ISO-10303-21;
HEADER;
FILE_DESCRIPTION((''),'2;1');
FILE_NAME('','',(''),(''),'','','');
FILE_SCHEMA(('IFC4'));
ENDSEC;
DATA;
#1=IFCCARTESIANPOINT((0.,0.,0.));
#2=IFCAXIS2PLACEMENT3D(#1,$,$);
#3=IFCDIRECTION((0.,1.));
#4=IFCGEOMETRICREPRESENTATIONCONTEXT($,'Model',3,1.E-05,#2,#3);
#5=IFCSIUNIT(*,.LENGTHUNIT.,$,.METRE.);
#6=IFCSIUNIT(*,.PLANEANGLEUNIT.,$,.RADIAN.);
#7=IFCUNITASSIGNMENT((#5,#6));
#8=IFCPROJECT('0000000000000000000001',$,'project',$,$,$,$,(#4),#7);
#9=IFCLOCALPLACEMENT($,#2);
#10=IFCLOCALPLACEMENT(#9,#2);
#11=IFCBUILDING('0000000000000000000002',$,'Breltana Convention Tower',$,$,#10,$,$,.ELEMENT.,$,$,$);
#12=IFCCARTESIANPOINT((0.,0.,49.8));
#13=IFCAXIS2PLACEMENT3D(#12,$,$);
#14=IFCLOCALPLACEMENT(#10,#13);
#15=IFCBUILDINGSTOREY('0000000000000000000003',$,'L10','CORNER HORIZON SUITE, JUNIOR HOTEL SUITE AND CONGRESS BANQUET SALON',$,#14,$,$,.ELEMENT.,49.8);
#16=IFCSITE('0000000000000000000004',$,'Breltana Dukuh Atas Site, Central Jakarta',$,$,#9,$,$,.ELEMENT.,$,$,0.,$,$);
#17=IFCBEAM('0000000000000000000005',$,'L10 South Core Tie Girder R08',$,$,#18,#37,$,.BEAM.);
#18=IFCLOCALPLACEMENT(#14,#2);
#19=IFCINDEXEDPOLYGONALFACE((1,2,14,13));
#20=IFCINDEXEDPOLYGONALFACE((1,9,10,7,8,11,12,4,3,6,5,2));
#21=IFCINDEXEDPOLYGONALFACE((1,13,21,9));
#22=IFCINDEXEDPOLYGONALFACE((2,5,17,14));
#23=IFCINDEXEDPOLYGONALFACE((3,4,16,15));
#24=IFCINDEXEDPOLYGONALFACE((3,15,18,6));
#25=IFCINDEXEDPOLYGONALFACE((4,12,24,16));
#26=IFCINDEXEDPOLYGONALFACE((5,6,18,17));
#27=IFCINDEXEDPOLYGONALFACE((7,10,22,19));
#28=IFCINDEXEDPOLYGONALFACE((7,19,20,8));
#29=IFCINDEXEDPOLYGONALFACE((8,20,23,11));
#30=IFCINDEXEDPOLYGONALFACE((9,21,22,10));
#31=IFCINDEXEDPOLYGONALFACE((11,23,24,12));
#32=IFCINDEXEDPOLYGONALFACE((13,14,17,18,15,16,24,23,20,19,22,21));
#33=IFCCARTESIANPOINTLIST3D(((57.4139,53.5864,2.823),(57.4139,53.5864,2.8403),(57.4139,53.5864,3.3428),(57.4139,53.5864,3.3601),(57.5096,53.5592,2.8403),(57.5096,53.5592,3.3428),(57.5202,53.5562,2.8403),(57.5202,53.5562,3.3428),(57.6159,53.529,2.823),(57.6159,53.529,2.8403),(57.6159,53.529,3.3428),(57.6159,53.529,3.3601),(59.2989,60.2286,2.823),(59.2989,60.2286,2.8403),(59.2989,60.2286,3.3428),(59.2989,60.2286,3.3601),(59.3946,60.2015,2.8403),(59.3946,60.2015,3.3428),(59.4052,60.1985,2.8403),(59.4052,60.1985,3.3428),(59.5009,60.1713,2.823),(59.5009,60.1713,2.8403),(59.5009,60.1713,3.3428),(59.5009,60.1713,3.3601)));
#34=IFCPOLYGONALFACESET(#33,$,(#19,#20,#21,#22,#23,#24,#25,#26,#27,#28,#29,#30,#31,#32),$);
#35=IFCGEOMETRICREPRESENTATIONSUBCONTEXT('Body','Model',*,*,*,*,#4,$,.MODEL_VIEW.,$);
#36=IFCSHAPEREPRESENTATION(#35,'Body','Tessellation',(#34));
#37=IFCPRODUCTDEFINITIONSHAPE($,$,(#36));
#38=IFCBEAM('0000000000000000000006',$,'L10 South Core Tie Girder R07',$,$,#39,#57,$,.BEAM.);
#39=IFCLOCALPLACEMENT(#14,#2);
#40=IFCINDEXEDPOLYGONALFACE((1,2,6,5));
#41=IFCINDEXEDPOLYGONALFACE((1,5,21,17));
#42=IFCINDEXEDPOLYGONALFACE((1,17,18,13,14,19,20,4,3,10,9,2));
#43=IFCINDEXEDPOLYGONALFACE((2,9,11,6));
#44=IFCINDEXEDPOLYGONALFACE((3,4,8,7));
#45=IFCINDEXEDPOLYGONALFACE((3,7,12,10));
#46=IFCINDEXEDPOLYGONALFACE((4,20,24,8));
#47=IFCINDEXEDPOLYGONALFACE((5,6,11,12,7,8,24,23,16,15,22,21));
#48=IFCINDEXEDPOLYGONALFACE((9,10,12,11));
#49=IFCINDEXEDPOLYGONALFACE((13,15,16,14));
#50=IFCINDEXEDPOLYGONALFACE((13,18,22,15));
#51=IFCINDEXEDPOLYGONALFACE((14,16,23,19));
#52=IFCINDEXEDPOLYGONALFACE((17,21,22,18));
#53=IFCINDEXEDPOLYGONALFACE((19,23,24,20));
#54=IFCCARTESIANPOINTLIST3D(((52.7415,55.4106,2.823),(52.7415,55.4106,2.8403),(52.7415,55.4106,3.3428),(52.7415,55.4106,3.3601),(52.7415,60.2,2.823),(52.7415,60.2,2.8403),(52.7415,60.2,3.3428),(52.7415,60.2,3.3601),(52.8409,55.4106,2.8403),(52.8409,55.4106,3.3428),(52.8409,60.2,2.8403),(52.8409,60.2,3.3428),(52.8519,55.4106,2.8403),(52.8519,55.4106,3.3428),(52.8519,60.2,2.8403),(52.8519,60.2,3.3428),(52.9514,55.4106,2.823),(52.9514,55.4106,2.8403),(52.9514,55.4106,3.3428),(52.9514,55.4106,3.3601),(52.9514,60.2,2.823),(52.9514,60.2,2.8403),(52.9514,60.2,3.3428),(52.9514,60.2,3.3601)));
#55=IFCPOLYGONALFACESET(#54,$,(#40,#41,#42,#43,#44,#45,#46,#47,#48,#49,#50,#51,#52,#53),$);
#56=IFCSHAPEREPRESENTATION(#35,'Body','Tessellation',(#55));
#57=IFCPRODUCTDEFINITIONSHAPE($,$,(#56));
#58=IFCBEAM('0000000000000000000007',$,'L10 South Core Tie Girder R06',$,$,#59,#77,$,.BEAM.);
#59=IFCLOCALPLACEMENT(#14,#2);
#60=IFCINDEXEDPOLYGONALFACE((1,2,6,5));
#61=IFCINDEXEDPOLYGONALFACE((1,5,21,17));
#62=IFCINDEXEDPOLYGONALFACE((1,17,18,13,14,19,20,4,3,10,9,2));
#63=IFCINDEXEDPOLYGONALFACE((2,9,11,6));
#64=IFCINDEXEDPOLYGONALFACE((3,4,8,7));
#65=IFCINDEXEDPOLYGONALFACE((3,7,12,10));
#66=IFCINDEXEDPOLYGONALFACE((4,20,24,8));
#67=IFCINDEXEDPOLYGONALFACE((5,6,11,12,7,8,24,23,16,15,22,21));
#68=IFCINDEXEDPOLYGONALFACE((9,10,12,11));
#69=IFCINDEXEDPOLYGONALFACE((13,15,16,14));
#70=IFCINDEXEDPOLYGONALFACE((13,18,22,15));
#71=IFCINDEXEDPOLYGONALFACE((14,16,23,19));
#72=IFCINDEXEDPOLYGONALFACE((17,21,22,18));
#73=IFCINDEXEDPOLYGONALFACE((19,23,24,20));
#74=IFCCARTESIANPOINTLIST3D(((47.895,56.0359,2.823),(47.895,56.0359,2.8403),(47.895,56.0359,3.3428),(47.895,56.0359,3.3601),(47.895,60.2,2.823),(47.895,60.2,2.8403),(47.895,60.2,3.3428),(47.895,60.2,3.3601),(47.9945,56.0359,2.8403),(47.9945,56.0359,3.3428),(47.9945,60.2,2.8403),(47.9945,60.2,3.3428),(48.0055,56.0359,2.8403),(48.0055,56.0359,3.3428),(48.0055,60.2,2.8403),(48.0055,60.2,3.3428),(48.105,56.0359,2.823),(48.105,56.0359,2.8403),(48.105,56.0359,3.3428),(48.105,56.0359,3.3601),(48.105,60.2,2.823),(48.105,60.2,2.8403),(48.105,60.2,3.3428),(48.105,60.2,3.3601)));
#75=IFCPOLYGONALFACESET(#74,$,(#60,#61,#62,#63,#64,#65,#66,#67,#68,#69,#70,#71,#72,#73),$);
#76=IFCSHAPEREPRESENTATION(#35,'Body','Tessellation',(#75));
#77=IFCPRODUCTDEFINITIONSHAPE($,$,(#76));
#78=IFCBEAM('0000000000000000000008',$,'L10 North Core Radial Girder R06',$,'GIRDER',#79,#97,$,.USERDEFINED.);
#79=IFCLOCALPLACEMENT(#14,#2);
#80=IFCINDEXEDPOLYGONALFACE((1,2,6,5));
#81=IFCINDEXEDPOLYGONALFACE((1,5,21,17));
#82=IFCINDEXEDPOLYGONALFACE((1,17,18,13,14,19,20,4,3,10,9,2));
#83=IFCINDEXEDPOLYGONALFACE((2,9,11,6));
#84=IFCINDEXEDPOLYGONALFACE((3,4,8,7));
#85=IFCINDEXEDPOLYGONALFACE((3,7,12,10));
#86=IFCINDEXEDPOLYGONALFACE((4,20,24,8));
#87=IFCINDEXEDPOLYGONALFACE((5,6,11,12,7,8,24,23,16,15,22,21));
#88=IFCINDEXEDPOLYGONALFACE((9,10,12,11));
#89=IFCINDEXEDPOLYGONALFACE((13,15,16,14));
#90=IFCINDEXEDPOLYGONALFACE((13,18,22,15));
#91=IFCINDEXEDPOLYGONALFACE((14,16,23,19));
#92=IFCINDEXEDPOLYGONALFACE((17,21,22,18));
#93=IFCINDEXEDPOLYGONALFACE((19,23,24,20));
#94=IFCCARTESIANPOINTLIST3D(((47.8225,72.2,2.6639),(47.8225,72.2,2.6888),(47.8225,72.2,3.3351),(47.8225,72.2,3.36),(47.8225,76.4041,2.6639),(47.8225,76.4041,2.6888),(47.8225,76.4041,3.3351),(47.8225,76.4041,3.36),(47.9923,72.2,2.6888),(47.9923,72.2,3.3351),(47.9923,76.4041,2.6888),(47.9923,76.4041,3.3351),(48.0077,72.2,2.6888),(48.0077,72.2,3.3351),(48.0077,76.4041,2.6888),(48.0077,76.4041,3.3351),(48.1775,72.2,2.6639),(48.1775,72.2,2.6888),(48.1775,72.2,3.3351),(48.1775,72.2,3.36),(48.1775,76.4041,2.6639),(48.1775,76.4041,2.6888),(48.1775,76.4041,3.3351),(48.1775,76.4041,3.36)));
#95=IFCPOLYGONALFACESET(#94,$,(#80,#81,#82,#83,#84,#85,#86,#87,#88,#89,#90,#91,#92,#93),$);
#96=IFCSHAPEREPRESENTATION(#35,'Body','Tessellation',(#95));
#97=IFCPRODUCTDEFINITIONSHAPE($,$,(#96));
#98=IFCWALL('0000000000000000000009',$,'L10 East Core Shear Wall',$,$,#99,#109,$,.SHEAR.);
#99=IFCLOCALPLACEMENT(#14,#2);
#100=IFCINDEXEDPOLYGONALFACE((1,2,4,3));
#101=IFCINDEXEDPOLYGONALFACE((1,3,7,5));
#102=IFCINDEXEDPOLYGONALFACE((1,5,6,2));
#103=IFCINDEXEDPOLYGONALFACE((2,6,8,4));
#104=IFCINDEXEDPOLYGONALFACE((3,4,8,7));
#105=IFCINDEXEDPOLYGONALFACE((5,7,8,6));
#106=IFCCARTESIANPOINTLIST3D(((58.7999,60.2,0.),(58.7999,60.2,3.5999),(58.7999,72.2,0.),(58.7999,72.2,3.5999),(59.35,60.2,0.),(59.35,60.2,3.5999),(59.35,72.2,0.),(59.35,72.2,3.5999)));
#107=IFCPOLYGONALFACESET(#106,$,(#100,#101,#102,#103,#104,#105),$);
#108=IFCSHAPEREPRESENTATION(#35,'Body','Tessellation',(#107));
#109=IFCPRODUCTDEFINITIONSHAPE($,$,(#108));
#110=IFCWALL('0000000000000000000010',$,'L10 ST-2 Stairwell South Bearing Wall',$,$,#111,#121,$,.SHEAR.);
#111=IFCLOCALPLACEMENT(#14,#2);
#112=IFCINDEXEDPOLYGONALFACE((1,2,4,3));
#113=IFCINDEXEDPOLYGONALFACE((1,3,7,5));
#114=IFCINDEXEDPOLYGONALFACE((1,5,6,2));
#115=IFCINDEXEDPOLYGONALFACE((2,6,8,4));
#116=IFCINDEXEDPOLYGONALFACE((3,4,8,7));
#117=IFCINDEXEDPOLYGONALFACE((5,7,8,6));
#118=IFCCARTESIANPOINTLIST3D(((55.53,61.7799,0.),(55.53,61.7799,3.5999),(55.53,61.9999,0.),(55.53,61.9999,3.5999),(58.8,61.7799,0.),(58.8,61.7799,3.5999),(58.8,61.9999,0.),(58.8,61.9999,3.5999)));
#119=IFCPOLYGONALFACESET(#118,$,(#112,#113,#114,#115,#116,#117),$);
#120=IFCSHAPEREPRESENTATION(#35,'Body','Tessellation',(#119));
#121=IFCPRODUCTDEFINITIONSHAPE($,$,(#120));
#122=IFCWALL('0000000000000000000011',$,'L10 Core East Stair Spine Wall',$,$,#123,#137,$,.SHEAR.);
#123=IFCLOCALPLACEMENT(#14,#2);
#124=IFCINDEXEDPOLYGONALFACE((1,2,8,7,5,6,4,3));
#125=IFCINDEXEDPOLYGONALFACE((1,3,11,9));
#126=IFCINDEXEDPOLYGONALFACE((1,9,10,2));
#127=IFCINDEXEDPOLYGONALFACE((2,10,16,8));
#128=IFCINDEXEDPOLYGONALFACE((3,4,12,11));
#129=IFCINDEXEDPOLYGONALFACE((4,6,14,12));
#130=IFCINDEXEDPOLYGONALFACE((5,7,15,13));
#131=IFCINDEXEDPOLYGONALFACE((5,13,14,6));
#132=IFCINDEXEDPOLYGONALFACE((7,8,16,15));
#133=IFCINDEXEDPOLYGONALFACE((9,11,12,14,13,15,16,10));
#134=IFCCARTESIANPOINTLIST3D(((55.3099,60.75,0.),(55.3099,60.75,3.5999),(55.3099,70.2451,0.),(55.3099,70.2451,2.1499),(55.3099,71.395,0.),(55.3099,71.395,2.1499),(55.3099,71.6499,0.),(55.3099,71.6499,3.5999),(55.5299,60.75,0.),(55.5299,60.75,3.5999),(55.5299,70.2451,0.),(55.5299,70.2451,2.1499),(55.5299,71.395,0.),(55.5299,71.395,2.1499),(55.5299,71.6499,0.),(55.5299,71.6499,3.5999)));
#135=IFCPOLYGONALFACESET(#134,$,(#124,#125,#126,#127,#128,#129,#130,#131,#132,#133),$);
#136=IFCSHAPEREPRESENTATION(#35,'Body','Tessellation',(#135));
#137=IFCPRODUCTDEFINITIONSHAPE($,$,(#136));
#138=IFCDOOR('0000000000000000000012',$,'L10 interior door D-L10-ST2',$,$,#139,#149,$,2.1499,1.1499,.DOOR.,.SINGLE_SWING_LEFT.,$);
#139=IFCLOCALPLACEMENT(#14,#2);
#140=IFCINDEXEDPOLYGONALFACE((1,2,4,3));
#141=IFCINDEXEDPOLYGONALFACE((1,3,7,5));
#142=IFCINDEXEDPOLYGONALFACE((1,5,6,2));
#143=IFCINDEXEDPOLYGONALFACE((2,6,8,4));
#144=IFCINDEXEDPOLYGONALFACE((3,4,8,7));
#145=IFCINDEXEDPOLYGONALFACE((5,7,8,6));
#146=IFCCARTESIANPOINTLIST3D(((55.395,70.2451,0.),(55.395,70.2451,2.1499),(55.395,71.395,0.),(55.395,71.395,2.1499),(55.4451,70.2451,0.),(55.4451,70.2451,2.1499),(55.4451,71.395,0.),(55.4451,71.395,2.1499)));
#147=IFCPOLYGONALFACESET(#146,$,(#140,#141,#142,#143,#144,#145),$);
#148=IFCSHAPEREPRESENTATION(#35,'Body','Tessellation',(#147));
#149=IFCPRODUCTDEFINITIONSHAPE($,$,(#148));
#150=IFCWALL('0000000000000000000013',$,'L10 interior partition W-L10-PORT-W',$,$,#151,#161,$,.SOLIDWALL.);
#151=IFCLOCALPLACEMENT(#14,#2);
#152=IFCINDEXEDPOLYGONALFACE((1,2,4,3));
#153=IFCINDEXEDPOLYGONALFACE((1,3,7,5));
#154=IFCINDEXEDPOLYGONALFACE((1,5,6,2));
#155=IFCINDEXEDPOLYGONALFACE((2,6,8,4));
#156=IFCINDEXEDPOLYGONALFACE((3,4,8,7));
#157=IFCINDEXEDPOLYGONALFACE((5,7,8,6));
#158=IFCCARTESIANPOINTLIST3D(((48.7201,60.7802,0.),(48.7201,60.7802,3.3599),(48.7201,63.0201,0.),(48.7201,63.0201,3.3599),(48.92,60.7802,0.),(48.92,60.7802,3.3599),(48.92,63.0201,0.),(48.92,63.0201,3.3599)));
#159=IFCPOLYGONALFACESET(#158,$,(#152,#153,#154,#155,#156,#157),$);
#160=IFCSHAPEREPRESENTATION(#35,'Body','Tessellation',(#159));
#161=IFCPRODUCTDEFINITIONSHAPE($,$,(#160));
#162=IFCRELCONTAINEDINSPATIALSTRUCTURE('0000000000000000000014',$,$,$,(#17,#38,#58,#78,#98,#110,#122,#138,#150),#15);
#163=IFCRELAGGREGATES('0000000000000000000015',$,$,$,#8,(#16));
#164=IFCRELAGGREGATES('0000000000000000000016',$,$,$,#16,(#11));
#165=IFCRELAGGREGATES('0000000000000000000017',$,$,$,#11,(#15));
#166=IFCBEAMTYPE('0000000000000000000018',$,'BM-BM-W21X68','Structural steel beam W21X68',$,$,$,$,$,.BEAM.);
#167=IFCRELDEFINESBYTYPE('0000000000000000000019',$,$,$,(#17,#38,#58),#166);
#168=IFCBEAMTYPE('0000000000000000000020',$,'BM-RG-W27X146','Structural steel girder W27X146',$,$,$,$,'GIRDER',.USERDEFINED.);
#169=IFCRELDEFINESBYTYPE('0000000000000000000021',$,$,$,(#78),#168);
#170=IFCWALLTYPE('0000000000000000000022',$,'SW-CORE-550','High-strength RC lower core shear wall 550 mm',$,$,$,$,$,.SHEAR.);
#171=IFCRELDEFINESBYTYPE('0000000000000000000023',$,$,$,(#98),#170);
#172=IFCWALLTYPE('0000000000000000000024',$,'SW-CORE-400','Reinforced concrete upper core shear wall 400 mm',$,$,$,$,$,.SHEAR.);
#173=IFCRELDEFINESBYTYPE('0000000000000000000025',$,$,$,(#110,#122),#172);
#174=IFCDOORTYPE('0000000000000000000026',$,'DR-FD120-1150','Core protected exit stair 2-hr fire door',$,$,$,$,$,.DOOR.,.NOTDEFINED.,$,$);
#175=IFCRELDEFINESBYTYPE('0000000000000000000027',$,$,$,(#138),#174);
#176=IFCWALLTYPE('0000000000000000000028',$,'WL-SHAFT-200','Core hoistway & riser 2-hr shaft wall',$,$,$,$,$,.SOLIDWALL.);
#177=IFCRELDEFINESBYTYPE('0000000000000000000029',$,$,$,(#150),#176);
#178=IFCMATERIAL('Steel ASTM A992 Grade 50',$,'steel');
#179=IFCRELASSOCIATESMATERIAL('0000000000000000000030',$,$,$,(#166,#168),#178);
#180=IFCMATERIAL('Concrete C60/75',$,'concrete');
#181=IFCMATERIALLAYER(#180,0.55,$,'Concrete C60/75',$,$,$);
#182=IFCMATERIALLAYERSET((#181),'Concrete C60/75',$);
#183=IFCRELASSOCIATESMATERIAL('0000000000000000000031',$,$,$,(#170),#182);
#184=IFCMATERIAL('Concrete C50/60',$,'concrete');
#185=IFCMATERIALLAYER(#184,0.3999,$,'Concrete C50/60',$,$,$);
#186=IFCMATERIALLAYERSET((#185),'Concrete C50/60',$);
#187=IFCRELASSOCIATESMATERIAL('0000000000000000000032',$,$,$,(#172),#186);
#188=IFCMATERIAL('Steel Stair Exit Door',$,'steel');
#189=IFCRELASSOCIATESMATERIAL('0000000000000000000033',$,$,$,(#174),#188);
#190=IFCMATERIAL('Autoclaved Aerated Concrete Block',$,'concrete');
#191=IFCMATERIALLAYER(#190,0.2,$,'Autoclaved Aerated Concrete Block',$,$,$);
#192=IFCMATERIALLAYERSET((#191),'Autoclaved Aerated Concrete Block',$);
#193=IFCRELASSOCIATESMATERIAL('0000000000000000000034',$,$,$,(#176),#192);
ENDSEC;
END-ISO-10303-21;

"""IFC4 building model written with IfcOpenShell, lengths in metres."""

from ifc_helpers import new_model, si_unit, direction, frame, frame_2d, origin, origin_2d, place, context, subcontext, project, spatial, rectangle, i_section, extrude, source, transform, mapped, material, layer, layer_set, material_profile, profile_set, type_object, type_shapes, element, fill, save


model = new_model("IFC4")

# Units and contexts
model_context = context("Model", 3, precision=1e-05, world=origin(), true_north=direction((0.0, 1.0)))
body_context = subcontext(model_context, "Body", "Model", "MODEL_VIEW")
ifc_project = project(units=[si_unit("LENGTHUNIT", "METRE"), si_unit("PLANEANGLEUNIT", "RADIAN")], contexts=[model_context])

# Site, building, storey
site_placement = place(None, origin())
site = spatial("IfcSite", under=ifc_project, at=site_placement, Name="Breltana Dukuh Atas Site, Central Jakarta", CompositionType="ELEMENT", RefElevation=0.0)
building_placement = place(site_placement, origin())
building = spatial("IfcBuilding", under=site, at=building_placement, Name="Breltana Convention Tower", CompositionType="ELEMENT")
storey_placement = place(building_placement, frame((0.0, 0.0, 49.8)))
storey = spatial("IfcBuildingStorey", under=building, at=storey_placement, Name="L10", Description="CORNER HORIZON SUITE, JUNIOR HOTEL SUITE AND CONGRESS BANQUET SALON", CompositionType="ELEMENT", Elevation=49.8)

# Beams
ifc_material_1 = material(Name="Steel ASTM A992 Grade 50", Category="steel")
ifc_material_profile_1 = material_profile(ifc_material_1, i_section(OverallWidth=0.21, OverallDepth=0.5371, WebThickness=0.011, FlangeThickness=0.0173, at=origin_2d()), Name="W21X68")
ifc_profile_set_1 = profile_set([ifc_material_profile_1], Name="Steel ASTM A992 Grade 50")
beam_type_1 = type_object("IfcBeamType", Name="BM-BM-W21X68", Description="Structural steel beam W21X68", PredefinedType="BEAM", material=ifc_profile_set_1)
shared_shape_1 = source(origin(), body_context, "Body", "SweptSolid", [
    extrude(i_section(OverallWidth=0.21, OverallDepth=0.5371, WebThickness=0.011, FlangeThickness=0.0173, at=origin_2d()), origin(), (0.0, 0.0, 1.0), 6.9045),
])
type_shapes(beam_type_1, [shared_shape_1])
beam_1_placement = place(storey_placement, frame((59.3999, 60.2, 3.0916), z_axis=(-0.273007, -0.962012, 0.0), x_axis=(0.962012, -0.273007, 0.0)))
element("IfcBeam", 1, at=beam_1_placement, inside=storey, type_object=beam_type_1, Name="L10 South Core Tie Girder R08", PredefinedType="BEAM", context=body_context, shape_type="MappedRepresentation", body=[
    mapped(shared_shape_1, transform((0.0, 0.0, 0.0), scale=1.0)),
])
shared_shape_2 = source(origin(), body_context, "Body", "SweptSolid", [
    extrude(i_section(OverallWidth=0.21, OverallDepth=0.5371, WebThickness=0.011, FlangeThickness=0.0173, at=origin_2d()), origin(), (0.0, 0.0, 1.0), 4.7893),
])
beam_2_placement = place(storey_placement, frame((52.8464, 60.2, 3.0916), z_axis=(0.0, -1.0, 0.0), x_axis=(1.0, 0.0, 0.0)))
element("IfcBeam", 2, at=beam_2_placement, inside=storey, type_object=beam_type_1, Name="L10 South Core Tie Girder R07", PredefinedType="BEAM", context=body_context, shape_type="MappedRepresentation", body=[
    mapped(shared_shape_2, transform((0.0, 0.0, 0.0), scale=1.0)),
])
shared_shape_3 = source(origin(), body_context, "Body", "SweptSolid", [
    extrude(i_section(OverallWidth=0.21, OverallDepth=0.5371, WebThickness=0.011, FlangeThickness=0.0173, at=origin_2d()), origin(), (0.0, 0.0, 1.0), 4.1641),
])
beam_3_placement = place(storey_placement, frame((48.0, 60.2, 3.0916), z_axis=(0.0, -1.0, 0.0), x_axis=(1.0, 0.0, 0.0)))
element("IfcBeam", 3, at=beam_3_placement, inside=storey, type_object=beam_type_1, Name="L10 South Core Tie Girder R06", PredefinedType="BEAM", context=body_context, shape_type="MappedRepresentation", body=[
    mapped(shared_shape_3, transform((0.0, 0.0, 0.0), scale=1.0)),
])
ifc_material_profile_2 = material_profile(ifc_material_1, i_section(OverallWidth=0.355, OverallDepth=0.696, WebThickness=0.0154, FlangeThickness=0.0249, at=origin_2d()), Name="W27X146")
ifc_profile_set_2 = profile_set([ifc_material_profile_2], Name="Steel ASTM A992 Grade 50")
beam_type_2 = type_object("IfcBeamType", Name="BM-RG-W27X146", Description="Structural steel girder W27X146", ElementType="GIRDER", PredefinedType="USERDEFINED", material=ifc_profile_set_2)
shared_shape_4 = source(origin(), body_context, "Body", "SweptSolid", [
    extrude(i_section(OverallWidth=0.355, OverallDepth=0.696, WebThickness=0.0154, FlangeThickness=0.0249, at=origin_2d()), origin(), (0.0, 0.0, 1.0), 4.2041),
])
beam_4_placement = place(storey_placement, frame((48.0, 72.2, 3.012), z_axis=(0.0, 1.0, 0.0), x_axis=(-1.0, 0.0, 0.0)))
element("IfcBeam", 4, at=beam_4_placement, inside=storey, type_object=beam_type_2, Name="L10 North Core Radial Girder R06", ObjectType="GIRDER", PredefinedType="USERDEFINED", context=body_context, shape_type="MappedRepresentation", body=[
    mapped(shared_shape_4, transform((0.0, 0.0, 0.0), scale=1.0)),
])

# Walls
ifc_material_2 = material(Name="Concrete C60/75", Category="concrete")
ifc_layer_1 = layer(ifc_material_2, 0.55, Name="Concrete C60/75")
ifc_layer_set_1 = layer_set([ifc_layer_1], Name="Concrete C60/75")
wall_type_1 = type_object("IfcWallType", Name="SW-CORE-550", Description="High-strength RC lower core shear wall 550 mm", PredefinedType="SHEAR", material=ifc_layer_set_1)
shared_shape_5 = source(origin(), body_context, "Body", "SweptSolid", [
    extrude(rectangle(XDim=12.0, YDim=0.55, at=frame_2d((6.0, 0.0))), origin(), (0.0, 0.0, 1.0), 3.5999),
])
wall_1_placement = place(storey_placement, frame((59.075, 60.2, 0.0), z_axis=(0.0, 0.0, 1.0), x_axis=(0.0, 1.0, 0.0)))
element("IfcWall", 5, at=wall_1_placement, inside=storey, type_object=wall_type_1, Name="L10 East Core Shear Wall", PredefinedType="SHEAR", context=body_context, shape_type="MappedRepresentation", body=[
    mapped(shared_shape_5, transform((0.0, 0.0, 0.0), scale=1.0)),
])
ifc_material_3 = material(Name="Concrete C50/60", Category="concrete")
ifc_layer_2 = layer(ifc_material_3, 0.3999, Name="Concrete C50/60")
ifc_layer_set_2 = layer_set([ifc_layer_2], Name="Concrete C50/60")
wall_type_2 = type_object("IfcWallType", Name="SW-CORE-400", Description="Reinforced concrete upper core shear wall 400 mm", PredefinedType="SHEAR", material=ifc_layer_set_2)
shared_shape_6 = source(origin(), body_context, "Body", "SweptSolid", [
    extrude(rectangle(XDim=3.27, YDim=0.22, at=frame_2d((1.635, 0.0))), origin(), (0.0, 0.0, 1.0), 3.5999),
])
wall_2_placement = place(storey_placement, frame((55.53, 61.8899, 0.0), z_axis=(0.0, 0.0, 1.0), x_axis=(1.0, 0.0, 0.0)))
element("IfcWall", 6, at=wall_2_placement, inside=storey, type_object=wall_type_2, Name="L10 ST-2 Stairwell South Bearing Wall", PredefinedType="SHEAR", context=body_context, shape_type="MappedRepresentation", body=[
    mapped(shared_shape_6, transform((0.0, 0.0, 0.0), scale=1.0)),
])

# Wall, opening, door
shared_shape_7 = source(origin(), body_context, "Body", "SweptSolid", [
    extrude(rectangle(XDim=10.8999, YDim=0.22, at=frame_2d((5.45, 0.0))), origin(), (0.0, 0.0, 1.0), 3.5999),
])
wall_3_placement = place(storey_placement, frame((55.4199, 60.75, 0.0), z_axis=(0.0, 0.0, 1.0), x_axis=(0.0, 1.0, 0.0)))
wall_3 = element("IfcWall", 7, at=wall_3_placement, inside=storey, type_object=wall_type_2, Name="L10 Core East Stair Spine Wall", PredefinedType="SHEAR", context=body_context, shape_type="MappedRepresentation", body=[
    mapped(shared_shape_7, transform((0.0, 0.0, 0.0), scale=1.0)),
])
opening_1_placement = place(wall_3_placement, frame((9.4951, 0.0, 0.0)))
opening_1 = element("IfcOpeningElement", 8, at=opening_1_placement, cuts=wall_3, PredefinedType="OPENING", context=body_context, shape_type="SweptSolid", body=[
    extrude(rectangle(XDim=1.1499, YDim=2.1499, at=frame_2d((0.575, 1.075))), frame((0.0, 0.1201, 0.0), z_axis=(0.0, -1.0, 0.0), x_axis=(1.0, 0.0, 0.0)), (0.0, 0.0, 1.0), 0.24),
])
ifc_material_4 = material(Name="Steel Stair Exit Door", Category="steel")
door_type_1 = type_object("IfcDoorType", Name="DR-FD120-1150", Description="Core protected exit stair 2-hr fire door", OperationType="NOTDEFINED", PredefinedType="DOOR", material=ifc_material_4)
shared_shape_8 = source(origin(), body_context, "Body", "SweptSolid", [
    extrude(rectangle(XDim=1.1499, YDim=2.1499, at=frame_2d((0.575, 1.075))), frame((0.0, 0.0249, 0.0), z_axis=(0.0, -1.0, 0.0), x_axis=(1.0, 0.0, 0.0)), (0.0, 0.0, 1.0), 0.05),
])
type_shapes(door_type_1, [shared_shape_8])
door_1_placement = place(opening_1_placement, origin())
door_1 = element("IfcDoor", 9, at=door_1_placement, inside=storey, type_object=door_type_1, Name="L10 interior door D-L10-ST2", OperationType="SINGLE_SWING_LEFT", OverallHeight=2.1499, OverallWidth=1.1499, PredefinedType="DOOR", context=body_context, shape_type="MappedRepresentation", body=[
    mapped(shared_shape_8, transform((0.0, 0.0, 0.0), scale=1.0)),
])
fill(opening_1, door_1)

# Wall
ifc_material_5 = material(Name="Autoclaved Aerated Concrete Block", Category="concrete")
ifc_layer_3 = layer(ifc_material_5, 0.2, Name="Autoclaved Aerated Concrete Block")
ifc_layer_set_3 = layer_set([ifc_layer_3], Name="Autoclaved Aerated Concrete Block")
wall_type_3 = type_object("IfcWallType", Name="WL-SHAFT-200", Description="Core hoistway & riser 2-hr shaft wall", PredefinedType="SOLIDWALL", material=ifc_layer_set_3)
shared_shape_9 = source(origin(), body_context, "Body", "SweptSolid", [
    extrude(rectangle(XDim=2.24, YDim=0.2, at=frame_2d((1.1201, 0.0))), origin(), (0.0, 0.0, 1.0), 3.3599),
])
for number, where, z_axis, x_axis, name in (
    (10, (48.8201, 60.78, 0.0), (0.0, 0.0, 1.0), (0.0, 1.0, 0.0), "L10 interior partition W-L10-PORT-W"),
):
    element("IfcWall", number, at=place(storey_placement, frame(where, z_axis=z_axis, x_axis=x_axis)), inside=storey, type_object=wall_type_3, Name=name, PredefinedType="SOLIDWALL", context=body_context, shape_type="MappedRepresentation", body=[
        mapped(shared_shape_9, transform((0.0, 0.0, 0.0), scale=1.0)),
    ])

save(model, "model.ifc")
